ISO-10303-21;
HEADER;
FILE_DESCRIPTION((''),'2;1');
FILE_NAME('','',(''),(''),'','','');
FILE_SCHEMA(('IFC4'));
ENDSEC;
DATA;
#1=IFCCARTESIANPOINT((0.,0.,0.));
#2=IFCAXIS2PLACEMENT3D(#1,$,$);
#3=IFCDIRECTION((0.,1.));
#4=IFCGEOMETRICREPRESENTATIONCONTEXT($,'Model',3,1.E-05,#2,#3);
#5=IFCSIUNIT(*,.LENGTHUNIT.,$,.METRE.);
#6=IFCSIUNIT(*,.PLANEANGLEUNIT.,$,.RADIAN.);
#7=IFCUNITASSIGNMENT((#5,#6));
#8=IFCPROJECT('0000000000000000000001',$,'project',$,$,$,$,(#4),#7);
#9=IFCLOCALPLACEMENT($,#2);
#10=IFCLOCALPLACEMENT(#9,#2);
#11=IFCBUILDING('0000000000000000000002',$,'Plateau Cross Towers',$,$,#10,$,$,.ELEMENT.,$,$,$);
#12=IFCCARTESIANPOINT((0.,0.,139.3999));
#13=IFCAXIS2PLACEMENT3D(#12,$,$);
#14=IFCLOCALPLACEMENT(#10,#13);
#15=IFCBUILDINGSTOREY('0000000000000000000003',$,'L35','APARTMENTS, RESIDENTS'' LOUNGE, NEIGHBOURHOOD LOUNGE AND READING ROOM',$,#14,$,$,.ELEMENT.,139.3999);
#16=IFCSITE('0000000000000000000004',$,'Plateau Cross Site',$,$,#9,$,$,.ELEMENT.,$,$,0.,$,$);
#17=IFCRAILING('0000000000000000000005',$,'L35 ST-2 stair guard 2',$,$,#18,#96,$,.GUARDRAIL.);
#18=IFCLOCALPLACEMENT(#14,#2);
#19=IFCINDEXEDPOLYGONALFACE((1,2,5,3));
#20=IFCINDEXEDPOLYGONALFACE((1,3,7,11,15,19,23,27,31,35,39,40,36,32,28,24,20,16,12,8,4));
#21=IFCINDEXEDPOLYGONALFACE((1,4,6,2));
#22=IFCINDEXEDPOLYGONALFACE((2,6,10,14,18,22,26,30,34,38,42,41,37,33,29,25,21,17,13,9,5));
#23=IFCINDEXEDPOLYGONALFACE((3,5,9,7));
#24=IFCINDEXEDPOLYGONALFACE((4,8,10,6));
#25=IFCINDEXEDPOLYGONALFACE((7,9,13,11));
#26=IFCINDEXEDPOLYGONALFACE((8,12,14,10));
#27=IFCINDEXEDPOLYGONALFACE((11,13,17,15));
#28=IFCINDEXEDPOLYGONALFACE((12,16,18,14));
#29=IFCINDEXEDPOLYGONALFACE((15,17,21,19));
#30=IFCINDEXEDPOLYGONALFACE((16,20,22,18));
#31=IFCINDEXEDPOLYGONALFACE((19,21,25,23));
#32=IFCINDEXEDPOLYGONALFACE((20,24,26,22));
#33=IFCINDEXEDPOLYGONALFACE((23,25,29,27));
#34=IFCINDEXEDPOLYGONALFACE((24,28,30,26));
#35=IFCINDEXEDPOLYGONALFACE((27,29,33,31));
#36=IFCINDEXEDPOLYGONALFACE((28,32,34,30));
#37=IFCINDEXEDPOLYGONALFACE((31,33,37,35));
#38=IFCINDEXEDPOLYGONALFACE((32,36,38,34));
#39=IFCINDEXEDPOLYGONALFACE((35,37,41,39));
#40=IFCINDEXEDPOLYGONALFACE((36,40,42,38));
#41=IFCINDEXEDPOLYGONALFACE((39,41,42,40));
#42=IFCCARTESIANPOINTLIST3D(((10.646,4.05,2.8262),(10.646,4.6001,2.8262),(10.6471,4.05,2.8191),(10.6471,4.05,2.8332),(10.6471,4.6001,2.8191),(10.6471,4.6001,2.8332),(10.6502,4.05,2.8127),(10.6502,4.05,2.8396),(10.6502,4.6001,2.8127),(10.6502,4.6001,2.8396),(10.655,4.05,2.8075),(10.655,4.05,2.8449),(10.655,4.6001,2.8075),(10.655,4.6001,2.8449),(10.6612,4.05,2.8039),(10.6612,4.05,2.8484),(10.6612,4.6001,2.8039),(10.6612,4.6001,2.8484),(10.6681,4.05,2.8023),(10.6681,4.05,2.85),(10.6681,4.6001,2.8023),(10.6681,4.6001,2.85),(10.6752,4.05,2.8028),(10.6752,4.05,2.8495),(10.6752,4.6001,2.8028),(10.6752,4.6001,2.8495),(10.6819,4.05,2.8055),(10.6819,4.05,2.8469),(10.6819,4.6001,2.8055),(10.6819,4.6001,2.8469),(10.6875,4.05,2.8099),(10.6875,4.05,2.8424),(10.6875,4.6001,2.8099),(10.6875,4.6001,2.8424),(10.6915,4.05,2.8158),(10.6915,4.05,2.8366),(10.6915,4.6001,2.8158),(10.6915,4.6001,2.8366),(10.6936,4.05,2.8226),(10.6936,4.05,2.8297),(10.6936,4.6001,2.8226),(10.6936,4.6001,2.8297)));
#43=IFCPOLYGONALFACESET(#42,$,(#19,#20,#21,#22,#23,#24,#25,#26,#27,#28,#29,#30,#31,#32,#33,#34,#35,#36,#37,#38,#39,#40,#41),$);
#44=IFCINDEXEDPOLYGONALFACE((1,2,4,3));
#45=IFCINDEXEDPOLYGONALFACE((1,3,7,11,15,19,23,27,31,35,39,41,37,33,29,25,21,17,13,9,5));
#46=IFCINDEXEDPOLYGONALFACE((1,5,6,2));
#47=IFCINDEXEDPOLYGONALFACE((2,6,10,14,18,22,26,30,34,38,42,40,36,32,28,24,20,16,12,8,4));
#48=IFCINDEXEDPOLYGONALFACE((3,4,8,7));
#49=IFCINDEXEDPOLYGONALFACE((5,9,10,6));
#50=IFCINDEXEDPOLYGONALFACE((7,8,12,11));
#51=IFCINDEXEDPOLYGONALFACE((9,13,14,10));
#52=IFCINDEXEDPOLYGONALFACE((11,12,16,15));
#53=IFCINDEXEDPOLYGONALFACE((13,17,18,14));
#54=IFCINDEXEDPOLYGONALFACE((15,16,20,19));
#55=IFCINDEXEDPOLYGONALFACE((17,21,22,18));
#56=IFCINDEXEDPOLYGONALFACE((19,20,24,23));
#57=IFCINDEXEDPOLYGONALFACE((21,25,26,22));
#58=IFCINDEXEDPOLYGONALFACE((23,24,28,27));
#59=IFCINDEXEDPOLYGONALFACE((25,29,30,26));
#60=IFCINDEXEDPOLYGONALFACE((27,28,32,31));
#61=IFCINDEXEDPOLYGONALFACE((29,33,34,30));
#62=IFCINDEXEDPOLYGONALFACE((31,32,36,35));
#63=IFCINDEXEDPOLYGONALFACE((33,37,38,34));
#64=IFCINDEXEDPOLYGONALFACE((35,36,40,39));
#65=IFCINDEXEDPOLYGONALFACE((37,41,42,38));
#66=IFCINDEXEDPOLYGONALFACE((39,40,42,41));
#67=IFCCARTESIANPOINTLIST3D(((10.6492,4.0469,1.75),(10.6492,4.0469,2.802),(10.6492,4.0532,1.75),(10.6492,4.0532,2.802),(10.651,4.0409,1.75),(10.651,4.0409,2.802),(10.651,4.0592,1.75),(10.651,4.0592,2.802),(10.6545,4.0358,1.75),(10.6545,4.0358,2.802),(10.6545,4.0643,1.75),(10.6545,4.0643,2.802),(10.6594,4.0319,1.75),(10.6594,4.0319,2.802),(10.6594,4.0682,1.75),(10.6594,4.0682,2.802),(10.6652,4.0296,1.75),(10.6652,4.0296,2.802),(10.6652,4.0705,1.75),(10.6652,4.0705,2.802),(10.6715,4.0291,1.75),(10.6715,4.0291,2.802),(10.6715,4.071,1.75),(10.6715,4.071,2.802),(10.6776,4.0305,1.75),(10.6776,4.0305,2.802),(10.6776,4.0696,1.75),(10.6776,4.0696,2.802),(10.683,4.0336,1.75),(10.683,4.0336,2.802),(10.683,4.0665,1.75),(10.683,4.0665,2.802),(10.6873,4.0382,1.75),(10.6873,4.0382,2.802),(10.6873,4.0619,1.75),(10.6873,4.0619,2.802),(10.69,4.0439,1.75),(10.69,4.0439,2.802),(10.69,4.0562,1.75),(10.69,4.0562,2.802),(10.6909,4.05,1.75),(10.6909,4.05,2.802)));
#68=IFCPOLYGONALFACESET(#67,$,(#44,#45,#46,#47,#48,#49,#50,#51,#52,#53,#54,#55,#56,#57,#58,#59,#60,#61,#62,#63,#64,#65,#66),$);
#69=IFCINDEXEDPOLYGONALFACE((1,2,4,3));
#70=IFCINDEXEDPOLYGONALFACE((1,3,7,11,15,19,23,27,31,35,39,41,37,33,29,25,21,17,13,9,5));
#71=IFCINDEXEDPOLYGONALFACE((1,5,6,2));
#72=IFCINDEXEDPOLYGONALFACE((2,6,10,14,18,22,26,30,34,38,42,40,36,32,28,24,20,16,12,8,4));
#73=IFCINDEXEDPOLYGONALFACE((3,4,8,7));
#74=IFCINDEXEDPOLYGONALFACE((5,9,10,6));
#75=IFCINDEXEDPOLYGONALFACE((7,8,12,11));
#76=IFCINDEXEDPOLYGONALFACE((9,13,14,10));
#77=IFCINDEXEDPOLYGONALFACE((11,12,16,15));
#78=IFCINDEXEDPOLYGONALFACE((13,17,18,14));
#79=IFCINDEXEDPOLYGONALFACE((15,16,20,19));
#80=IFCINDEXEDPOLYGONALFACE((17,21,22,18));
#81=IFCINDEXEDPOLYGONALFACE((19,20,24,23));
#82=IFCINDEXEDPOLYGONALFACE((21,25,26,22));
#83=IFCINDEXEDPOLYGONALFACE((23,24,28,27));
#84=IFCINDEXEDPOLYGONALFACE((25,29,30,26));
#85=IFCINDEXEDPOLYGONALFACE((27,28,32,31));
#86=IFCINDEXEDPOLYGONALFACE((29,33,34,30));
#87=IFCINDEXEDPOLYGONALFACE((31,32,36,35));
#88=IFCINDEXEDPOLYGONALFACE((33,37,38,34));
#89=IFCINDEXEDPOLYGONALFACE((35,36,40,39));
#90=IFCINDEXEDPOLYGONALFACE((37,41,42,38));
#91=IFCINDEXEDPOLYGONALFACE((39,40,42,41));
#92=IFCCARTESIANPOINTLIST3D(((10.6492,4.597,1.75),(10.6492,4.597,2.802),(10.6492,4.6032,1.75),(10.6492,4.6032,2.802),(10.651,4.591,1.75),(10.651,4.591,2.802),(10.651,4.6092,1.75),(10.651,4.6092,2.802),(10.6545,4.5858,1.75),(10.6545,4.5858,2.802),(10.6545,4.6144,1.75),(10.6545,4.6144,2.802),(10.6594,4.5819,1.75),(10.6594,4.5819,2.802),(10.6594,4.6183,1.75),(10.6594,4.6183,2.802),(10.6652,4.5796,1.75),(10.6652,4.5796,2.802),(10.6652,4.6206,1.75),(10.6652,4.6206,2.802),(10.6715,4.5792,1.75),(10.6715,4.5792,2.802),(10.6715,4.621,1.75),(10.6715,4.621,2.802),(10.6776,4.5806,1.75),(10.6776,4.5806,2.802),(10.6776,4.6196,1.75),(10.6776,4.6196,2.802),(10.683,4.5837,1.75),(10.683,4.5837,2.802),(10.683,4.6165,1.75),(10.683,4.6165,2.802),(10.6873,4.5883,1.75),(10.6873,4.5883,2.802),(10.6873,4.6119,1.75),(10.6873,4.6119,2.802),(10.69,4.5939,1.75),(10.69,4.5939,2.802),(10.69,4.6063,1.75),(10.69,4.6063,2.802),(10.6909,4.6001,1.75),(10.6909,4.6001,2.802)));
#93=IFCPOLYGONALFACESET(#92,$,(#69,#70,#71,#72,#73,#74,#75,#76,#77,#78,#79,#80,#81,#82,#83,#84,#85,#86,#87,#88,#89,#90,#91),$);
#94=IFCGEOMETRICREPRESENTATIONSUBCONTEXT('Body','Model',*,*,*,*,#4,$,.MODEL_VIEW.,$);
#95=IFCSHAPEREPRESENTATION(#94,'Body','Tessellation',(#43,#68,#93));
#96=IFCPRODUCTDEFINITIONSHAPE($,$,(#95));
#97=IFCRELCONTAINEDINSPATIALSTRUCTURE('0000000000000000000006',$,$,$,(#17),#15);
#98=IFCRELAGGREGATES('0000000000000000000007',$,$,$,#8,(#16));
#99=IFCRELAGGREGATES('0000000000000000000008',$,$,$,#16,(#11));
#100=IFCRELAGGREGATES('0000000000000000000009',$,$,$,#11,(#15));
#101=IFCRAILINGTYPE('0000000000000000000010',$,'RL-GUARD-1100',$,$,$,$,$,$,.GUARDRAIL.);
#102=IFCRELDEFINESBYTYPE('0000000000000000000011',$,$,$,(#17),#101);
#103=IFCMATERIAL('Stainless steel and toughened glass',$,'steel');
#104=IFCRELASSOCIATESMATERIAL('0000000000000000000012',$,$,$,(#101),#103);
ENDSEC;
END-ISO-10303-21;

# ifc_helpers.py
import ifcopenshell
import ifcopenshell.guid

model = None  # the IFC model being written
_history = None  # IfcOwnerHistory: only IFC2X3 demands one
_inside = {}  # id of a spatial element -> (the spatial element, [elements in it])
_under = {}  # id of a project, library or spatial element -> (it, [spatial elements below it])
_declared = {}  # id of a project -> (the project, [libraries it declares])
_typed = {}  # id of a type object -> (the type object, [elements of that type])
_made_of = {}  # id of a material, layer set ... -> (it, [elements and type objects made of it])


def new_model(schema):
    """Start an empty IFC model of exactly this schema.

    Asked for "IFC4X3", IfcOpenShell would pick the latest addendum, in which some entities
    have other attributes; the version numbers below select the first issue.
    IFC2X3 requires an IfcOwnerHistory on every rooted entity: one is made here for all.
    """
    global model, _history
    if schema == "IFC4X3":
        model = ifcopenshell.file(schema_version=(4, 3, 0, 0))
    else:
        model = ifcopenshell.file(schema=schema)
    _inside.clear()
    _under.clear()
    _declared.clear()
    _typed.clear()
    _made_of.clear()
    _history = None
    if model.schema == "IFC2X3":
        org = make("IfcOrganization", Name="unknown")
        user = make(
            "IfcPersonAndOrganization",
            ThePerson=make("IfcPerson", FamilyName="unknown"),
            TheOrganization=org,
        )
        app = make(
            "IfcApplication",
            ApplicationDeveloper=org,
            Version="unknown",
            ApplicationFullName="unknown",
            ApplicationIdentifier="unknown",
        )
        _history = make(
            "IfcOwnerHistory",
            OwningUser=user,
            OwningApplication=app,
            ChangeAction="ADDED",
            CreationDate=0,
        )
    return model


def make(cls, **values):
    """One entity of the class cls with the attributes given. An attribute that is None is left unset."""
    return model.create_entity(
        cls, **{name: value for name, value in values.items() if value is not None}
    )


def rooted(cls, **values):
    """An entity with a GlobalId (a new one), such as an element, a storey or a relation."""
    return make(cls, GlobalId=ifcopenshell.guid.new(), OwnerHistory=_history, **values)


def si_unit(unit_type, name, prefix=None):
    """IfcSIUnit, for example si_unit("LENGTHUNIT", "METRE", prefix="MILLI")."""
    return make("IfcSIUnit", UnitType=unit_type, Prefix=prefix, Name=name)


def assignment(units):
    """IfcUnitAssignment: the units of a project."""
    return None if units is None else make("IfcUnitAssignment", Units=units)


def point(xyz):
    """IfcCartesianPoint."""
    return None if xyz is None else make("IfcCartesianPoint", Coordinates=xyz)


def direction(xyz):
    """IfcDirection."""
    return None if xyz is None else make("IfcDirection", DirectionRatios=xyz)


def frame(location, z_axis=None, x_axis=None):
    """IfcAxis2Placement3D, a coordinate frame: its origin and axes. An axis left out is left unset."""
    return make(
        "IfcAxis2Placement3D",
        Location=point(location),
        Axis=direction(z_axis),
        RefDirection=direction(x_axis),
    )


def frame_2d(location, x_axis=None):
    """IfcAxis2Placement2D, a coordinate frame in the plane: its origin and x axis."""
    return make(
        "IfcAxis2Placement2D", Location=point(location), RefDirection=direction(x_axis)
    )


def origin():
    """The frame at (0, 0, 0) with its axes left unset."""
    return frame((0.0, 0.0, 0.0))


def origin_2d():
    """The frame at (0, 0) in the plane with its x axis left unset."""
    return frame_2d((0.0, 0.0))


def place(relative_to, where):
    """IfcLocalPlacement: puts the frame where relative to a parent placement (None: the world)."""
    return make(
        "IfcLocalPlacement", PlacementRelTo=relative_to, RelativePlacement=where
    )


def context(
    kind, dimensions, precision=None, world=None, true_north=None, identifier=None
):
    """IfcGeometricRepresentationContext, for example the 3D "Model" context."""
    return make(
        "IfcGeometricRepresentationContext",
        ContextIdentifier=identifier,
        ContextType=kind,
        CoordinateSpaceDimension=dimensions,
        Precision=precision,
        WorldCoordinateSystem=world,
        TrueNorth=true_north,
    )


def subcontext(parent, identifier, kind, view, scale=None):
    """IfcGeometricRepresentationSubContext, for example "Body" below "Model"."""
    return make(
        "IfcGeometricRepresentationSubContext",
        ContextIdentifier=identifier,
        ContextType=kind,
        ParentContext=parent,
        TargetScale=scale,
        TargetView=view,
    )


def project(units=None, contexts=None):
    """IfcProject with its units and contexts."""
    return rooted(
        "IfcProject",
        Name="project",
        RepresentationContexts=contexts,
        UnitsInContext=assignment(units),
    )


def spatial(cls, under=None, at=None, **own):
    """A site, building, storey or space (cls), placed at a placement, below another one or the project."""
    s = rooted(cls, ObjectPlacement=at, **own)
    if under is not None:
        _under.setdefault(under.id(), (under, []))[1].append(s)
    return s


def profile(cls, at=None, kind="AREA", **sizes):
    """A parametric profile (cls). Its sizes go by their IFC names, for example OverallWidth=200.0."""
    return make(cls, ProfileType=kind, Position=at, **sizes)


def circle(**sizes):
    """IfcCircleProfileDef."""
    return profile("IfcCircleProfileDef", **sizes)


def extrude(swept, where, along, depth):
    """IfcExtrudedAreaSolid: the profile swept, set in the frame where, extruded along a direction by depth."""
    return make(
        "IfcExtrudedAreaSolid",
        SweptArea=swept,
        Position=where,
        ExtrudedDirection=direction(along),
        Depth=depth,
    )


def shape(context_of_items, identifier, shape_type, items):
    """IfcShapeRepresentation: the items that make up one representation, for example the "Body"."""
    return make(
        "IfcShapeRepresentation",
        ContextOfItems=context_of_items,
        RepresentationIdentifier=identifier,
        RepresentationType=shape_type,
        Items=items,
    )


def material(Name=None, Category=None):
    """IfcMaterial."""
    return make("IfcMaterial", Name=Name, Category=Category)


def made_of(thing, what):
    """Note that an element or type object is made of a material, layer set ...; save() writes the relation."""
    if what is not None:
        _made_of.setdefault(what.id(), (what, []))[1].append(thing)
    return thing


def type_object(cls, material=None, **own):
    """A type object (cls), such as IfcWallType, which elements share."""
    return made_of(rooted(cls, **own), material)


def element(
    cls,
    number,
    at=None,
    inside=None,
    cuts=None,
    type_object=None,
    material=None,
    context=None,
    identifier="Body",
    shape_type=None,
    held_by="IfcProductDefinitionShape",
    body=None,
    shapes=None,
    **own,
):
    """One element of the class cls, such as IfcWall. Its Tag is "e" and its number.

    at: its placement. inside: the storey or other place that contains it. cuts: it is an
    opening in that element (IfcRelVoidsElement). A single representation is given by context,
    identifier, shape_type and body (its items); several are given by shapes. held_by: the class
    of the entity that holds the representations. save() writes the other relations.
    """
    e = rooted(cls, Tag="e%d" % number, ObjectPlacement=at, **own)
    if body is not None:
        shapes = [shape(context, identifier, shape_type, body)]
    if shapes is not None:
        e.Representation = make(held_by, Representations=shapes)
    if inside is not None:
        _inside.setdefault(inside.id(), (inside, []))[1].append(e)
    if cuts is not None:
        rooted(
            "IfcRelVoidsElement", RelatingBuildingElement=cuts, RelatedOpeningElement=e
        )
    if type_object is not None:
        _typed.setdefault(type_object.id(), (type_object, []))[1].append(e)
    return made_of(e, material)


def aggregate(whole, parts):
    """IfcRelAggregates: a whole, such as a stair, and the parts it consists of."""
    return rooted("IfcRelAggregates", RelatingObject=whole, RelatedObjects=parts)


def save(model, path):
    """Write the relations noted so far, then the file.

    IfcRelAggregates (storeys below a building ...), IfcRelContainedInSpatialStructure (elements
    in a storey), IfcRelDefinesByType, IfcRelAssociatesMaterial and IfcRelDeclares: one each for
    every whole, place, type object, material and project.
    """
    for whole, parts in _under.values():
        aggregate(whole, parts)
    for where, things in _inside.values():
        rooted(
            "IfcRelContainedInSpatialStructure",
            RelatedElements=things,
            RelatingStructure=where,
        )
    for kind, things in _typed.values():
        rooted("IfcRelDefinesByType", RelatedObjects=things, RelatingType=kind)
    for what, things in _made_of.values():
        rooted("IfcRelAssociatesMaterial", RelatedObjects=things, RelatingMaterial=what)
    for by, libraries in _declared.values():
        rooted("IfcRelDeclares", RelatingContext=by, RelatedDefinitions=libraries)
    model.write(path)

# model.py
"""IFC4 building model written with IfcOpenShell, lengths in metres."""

from ifc_helpers import new_model, si_unit, direction, frame, origin, origin_2d, place, context, subcontext, project, spatial, circle, extrude, material, type_object, element, save


model = new_model("IFC4")

# Units and contexts
model_context = context("Model", 3, precision=1e-05, world=origin(), true_north=direction((0.0, 1.0)))
body_context = subcontext(model_context, "Body", "Model", "MODEL_VIEW")
ifc_project = project(units=[si_unit("LENGTHUNIT", "METRE"), si_unit("PLANEANGLEUNIT", "RADIAN")], contexts=[model_context])

# Site, building, storey
site_placement = place(None, origin())
site = spatial("IfcSite", under=ifc_project, at=site_placement, Name="Plateau Cross Site", CompositionType="ELEMENT", RefElevation=0.0)
building_placement = place(site_placement, origin())
building = spatial("IfcBuilding", under=site, at=building_placement, Name="Plateau Cross Towers", CompositionType="ELEMENT")
storey_placement = place(building_placement, frame((0.0, 0.0, 139.3999)))
storey = spatial("IfcBuildingStorey", under=building, at=storey_placement, Name="L35", Description="APARTMENTS, RESIDENTS' LOUNGE, NEIGHBOURHOOD LOUNGE AND READING ROOM", CompositionType="ELEMENT", Elevation=139.3999)

# Railing
ifc_material_1 = material(Name="Stainless steel and toughened glass", Category="steel")
railing_type_1 = type_object("IfcRailingType", Name="RL-GUARD-1100", PredefinedType="GUARDRAIL", material=ifc_material_1)
railing_1_placement = place(storey_placement, frame((10.6699, 4.05, 1.75)))
element("IfcRailing", 1, at=railing_1_placement, inside=storey, type_object=railing_type_1, Name="L35 ST-2 stair guard 2", PredefinedType="GUARDRAIL", context=body_context, shape_type="SweptSolid", body=[
    extrude(circle(Radius=0.0239, at=origin_2d()), frame((0.0, 0.0, 1.0762), z_axis=(0.0, 1.0, 0.0), x_axis=(-1.0, 0.0, 0.0)), (0.0, 0.0, 1.0), 0.55),
    extrude(circle(Radius=0.021, at=origin_2d()), origin(), (0.0, 0.0, 1.0), 1.052),
    extrude(circle(Radius=0.021, at=origin_2d()), frame((0.0, 0.55, 0.0)), (0.0, 0.0, 1.0), 1.052),
])

save(model, "model.ifc")
